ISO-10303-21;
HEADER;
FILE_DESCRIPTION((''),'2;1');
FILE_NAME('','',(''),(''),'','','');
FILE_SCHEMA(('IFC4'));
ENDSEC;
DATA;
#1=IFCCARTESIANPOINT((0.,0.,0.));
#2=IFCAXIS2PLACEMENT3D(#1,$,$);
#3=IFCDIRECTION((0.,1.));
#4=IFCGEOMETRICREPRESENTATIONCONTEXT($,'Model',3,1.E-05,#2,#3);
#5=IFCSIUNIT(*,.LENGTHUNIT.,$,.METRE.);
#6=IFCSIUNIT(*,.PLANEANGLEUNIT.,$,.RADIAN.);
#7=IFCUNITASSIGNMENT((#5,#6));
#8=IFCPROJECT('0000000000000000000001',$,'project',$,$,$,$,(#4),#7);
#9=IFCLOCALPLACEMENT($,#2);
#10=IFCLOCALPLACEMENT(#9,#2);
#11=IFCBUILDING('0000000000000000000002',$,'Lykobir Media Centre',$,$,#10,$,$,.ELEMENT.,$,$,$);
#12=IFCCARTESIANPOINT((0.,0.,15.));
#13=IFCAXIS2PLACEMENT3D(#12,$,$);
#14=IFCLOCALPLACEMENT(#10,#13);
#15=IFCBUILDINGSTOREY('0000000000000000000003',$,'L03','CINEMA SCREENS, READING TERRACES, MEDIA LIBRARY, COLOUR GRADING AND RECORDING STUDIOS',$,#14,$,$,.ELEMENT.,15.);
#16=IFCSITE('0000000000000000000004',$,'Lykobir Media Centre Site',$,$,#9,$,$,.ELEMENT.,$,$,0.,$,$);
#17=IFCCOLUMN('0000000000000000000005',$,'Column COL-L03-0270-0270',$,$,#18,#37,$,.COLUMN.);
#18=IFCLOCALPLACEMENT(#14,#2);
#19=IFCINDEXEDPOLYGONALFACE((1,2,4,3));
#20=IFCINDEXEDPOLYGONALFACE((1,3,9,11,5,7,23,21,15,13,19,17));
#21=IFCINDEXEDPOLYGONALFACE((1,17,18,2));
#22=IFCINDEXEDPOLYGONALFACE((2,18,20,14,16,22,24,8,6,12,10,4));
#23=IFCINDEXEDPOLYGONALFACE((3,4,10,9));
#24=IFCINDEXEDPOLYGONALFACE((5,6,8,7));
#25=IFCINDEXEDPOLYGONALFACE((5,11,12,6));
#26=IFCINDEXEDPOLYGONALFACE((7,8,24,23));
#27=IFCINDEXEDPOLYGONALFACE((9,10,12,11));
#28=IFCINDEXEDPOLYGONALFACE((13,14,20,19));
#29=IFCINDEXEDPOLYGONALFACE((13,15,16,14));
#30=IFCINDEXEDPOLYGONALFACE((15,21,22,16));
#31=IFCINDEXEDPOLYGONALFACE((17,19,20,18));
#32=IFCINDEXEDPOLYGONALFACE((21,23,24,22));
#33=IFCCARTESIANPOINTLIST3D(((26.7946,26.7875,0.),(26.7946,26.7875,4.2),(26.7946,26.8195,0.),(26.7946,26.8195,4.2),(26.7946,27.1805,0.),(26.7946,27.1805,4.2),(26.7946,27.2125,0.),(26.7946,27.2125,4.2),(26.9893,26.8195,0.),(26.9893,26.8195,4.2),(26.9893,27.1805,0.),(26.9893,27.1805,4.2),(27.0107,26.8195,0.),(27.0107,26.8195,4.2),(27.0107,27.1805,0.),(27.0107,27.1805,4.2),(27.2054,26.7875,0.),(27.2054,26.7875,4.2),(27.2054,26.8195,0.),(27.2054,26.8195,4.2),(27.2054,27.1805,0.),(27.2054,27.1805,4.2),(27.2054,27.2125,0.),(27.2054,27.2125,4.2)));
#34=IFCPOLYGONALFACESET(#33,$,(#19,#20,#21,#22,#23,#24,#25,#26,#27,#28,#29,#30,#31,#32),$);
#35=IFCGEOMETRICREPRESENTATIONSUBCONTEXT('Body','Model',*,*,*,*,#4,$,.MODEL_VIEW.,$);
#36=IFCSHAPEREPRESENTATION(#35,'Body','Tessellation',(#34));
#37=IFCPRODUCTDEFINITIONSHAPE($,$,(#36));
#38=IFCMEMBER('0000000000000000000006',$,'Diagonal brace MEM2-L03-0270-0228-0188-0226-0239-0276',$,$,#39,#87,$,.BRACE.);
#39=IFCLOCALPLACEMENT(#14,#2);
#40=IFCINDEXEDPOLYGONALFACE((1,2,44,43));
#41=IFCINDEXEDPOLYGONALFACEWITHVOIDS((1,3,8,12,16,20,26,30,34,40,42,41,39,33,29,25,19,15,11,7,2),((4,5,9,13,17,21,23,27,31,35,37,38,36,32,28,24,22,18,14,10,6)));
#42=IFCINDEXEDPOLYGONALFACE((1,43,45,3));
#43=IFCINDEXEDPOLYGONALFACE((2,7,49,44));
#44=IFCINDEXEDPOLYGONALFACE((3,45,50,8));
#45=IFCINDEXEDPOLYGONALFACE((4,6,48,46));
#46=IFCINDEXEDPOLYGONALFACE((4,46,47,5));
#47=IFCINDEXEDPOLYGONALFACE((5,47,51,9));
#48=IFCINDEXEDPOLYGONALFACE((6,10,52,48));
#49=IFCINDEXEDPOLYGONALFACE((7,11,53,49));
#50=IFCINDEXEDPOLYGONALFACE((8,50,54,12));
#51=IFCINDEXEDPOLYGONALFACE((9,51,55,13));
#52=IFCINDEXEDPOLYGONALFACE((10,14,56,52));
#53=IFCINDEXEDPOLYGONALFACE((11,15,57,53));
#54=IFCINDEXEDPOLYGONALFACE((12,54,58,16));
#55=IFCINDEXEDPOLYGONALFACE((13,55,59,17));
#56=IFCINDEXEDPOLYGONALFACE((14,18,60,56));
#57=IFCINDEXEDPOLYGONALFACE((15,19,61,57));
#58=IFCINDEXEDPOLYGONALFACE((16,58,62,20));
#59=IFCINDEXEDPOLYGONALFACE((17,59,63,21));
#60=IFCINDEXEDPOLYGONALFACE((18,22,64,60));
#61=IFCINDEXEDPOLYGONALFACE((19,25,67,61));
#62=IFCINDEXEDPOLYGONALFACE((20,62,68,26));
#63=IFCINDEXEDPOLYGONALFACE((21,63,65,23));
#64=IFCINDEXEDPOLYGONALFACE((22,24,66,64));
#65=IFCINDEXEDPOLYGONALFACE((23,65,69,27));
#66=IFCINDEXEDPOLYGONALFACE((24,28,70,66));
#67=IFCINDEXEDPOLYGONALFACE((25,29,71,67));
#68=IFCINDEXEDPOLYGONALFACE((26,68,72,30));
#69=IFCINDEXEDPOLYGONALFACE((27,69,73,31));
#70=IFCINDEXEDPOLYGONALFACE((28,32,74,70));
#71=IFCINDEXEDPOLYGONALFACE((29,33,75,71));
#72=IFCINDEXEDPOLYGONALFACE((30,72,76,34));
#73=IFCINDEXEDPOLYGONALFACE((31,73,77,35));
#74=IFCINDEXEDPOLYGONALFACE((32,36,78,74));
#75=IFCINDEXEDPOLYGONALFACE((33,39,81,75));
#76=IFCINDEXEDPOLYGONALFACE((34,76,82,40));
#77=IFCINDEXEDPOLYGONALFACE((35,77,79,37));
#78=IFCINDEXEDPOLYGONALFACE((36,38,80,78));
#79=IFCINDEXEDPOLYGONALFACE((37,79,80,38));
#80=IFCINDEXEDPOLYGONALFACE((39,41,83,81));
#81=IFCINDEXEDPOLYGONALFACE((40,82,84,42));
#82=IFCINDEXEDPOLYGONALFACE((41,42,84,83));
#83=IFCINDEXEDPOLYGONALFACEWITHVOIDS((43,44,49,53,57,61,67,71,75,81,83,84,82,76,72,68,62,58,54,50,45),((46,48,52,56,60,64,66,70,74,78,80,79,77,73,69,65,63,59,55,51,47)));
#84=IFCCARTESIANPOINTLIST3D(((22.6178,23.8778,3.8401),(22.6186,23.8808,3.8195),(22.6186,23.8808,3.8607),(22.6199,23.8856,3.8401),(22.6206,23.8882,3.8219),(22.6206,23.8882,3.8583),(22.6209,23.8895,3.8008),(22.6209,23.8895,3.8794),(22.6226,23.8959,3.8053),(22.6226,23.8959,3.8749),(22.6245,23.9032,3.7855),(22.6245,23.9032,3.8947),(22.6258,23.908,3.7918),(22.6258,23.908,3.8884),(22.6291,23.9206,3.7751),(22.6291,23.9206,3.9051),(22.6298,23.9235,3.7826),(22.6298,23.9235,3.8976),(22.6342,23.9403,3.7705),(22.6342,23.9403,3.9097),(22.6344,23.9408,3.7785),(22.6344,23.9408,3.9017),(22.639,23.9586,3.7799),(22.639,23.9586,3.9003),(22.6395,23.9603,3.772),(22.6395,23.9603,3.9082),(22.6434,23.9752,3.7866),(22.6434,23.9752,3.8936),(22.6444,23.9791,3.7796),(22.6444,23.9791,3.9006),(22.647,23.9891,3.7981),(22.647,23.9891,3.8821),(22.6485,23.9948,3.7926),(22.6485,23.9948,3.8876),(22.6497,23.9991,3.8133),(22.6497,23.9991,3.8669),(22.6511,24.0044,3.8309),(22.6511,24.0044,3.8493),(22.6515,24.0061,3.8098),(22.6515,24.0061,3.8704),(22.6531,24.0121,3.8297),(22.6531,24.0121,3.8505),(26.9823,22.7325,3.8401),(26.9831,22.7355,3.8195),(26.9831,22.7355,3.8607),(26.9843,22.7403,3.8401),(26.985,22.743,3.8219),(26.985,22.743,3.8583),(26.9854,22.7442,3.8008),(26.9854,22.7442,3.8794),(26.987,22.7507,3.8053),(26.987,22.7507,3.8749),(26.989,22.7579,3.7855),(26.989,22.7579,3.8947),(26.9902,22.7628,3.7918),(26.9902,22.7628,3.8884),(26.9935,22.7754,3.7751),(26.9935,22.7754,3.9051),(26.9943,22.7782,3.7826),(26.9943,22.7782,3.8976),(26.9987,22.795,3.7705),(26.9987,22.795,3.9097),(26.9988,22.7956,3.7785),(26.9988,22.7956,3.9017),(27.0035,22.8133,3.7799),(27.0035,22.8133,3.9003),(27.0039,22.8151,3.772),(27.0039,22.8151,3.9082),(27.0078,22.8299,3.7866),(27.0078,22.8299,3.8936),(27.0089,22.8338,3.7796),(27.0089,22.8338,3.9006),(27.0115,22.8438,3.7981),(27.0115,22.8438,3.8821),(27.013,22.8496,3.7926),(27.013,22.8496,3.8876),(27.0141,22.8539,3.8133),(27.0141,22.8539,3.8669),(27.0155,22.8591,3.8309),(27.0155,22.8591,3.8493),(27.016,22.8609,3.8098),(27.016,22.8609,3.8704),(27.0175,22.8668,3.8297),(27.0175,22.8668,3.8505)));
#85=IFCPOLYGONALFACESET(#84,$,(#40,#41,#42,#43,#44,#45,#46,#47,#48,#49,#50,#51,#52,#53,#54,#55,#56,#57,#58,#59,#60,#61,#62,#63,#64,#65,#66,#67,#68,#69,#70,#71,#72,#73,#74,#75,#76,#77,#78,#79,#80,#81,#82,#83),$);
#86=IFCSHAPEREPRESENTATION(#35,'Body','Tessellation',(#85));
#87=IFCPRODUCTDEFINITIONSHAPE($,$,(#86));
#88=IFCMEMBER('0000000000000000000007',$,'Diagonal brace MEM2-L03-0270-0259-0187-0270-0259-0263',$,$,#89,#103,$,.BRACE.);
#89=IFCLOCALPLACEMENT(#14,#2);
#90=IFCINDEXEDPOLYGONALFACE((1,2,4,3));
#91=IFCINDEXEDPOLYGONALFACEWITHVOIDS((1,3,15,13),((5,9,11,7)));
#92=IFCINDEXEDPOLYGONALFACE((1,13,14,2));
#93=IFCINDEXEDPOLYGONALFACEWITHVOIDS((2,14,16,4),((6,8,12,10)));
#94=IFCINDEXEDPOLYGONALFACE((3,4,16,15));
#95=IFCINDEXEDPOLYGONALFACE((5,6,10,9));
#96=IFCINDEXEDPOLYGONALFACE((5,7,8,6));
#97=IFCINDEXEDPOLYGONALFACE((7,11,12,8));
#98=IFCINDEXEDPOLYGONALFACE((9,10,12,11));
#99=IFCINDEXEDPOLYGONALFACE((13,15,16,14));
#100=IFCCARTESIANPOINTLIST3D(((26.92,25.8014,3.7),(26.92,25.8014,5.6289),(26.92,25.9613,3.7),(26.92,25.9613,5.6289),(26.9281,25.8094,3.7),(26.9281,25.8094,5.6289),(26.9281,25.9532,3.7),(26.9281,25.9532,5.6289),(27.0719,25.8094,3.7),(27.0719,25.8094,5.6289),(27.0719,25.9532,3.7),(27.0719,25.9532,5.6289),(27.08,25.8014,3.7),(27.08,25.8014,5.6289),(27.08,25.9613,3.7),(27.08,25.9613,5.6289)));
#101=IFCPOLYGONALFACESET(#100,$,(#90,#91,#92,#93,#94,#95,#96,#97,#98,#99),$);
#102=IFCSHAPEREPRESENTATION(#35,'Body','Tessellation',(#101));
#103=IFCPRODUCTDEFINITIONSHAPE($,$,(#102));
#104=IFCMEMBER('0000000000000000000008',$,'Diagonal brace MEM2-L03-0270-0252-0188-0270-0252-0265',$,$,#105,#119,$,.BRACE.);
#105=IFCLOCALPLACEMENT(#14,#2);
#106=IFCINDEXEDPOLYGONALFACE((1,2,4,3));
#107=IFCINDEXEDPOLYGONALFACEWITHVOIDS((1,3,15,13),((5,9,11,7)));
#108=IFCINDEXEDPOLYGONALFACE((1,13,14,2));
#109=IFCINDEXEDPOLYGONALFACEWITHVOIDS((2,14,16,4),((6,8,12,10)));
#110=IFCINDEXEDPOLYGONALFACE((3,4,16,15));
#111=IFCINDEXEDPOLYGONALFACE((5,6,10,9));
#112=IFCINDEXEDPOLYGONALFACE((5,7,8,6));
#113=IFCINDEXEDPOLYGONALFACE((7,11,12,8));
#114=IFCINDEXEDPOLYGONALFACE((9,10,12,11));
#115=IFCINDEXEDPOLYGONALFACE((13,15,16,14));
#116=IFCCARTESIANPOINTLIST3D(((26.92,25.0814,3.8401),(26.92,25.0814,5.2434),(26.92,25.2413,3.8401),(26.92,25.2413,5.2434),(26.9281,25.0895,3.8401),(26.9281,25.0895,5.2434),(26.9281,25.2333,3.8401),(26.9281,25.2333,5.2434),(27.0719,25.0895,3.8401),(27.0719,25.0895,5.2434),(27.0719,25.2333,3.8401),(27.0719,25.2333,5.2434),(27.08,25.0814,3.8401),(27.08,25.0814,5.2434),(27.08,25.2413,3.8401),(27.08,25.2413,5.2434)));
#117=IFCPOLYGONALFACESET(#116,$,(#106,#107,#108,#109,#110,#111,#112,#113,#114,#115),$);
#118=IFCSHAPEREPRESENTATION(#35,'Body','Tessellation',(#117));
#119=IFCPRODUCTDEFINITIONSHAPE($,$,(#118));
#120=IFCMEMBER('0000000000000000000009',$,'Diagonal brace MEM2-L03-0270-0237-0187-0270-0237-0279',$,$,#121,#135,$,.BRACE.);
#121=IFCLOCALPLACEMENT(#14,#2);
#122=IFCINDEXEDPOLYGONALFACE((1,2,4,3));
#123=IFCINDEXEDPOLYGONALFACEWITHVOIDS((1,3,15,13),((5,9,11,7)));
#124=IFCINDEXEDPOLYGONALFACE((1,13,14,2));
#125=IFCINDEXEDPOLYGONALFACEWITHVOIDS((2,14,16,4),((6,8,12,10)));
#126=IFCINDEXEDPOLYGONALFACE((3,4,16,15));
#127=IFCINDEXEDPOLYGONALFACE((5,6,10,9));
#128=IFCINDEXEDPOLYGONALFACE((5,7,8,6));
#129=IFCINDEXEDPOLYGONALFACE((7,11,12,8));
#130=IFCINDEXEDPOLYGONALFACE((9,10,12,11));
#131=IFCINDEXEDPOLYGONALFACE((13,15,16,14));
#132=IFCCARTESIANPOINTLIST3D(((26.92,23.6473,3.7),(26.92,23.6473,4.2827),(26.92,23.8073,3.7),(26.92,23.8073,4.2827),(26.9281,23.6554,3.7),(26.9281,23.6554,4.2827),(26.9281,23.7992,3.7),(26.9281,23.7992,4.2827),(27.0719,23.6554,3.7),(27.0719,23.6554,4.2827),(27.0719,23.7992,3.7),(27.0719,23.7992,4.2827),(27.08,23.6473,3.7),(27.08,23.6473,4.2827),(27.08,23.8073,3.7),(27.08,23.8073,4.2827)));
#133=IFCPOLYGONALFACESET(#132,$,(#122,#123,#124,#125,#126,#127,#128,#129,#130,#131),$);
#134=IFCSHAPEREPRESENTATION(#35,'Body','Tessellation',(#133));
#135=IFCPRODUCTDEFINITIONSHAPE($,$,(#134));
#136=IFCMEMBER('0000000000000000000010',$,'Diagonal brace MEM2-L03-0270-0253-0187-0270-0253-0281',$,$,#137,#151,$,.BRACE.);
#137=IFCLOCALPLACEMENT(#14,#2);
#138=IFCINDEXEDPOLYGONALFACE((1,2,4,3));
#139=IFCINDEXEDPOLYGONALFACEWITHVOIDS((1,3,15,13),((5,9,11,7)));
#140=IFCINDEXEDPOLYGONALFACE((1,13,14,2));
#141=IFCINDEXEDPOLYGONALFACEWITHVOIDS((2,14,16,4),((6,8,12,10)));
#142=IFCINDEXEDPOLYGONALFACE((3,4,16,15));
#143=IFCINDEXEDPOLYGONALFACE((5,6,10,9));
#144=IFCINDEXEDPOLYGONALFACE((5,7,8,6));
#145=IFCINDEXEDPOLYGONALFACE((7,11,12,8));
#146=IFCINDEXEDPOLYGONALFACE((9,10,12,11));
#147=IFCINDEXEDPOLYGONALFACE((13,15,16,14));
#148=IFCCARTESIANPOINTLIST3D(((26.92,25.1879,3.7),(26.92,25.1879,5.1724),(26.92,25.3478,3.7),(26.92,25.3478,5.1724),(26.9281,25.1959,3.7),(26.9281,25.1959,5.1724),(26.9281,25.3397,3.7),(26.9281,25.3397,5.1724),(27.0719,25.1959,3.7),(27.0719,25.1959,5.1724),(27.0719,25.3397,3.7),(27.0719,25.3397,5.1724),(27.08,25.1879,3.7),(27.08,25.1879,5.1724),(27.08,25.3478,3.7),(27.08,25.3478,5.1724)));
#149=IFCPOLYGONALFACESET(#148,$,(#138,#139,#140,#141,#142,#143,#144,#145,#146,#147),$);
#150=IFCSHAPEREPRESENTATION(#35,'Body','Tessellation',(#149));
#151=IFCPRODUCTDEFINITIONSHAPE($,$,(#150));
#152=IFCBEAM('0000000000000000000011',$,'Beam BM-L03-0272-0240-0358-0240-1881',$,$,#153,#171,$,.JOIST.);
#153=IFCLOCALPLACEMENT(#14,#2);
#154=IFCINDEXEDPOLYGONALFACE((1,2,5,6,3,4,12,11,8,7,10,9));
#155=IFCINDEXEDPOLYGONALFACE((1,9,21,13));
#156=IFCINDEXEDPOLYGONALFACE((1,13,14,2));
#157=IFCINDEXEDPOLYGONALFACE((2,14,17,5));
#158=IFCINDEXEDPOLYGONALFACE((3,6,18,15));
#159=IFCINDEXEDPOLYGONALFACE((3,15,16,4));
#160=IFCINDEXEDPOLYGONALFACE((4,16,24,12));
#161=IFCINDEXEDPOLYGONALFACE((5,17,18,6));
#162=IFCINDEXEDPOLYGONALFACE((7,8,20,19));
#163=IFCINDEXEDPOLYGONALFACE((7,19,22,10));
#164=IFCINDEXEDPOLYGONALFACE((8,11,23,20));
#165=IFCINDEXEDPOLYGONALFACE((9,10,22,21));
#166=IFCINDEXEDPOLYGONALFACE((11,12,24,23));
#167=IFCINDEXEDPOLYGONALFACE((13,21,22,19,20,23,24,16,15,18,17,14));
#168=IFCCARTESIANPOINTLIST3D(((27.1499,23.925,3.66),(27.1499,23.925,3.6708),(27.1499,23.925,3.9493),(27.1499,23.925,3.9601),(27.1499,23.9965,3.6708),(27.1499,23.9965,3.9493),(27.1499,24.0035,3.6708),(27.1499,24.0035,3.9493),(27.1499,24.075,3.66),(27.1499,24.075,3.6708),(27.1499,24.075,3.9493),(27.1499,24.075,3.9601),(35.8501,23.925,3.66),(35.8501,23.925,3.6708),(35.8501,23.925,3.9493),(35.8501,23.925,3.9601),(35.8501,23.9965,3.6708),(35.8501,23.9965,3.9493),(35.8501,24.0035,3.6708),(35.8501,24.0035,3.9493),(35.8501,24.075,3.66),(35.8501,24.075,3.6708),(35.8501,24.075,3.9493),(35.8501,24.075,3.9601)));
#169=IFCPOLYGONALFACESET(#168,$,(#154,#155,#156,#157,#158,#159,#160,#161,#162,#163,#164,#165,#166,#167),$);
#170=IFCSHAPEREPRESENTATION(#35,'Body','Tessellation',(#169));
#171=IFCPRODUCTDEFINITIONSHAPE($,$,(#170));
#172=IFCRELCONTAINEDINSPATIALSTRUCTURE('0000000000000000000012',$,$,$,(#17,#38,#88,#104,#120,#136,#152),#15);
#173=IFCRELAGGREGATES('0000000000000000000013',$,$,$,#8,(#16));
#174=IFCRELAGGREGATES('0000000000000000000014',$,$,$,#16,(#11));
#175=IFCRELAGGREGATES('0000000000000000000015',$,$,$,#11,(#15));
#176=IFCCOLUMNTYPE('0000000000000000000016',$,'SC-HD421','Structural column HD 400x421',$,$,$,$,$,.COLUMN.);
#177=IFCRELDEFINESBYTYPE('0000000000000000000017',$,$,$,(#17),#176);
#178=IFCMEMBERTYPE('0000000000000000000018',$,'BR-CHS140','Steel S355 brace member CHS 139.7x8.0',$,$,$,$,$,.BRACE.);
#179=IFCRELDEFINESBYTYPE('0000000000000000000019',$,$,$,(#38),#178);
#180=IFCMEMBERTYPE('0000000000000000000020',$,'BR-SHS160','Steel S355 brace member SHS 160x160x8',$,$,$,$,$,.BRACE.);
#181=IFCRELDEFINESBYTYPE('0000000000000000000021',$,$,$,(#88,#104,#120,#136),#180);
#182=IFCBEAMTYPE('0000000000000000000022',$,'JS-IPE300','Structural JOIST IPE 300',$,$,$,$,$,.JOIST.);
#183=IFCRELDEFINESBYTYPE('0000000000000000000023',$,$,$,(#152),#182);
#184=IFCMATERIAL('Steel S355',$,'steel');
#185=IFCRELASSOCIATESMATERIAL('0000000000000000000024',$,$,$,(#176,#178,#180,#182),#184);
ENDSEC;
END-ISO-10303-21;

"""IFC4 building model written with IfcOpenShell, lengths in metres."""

from ifc_helpers import new_model, si_unit, direction, frame, origin, origin_2d, place, context, subcontext, project, spatial, hollow_rectangle, hollow_circle, i_section, extrude, material, material_profile, profile_set, type_object, element, save


model = new_model("IFC4")

# Units and contexts
model_context = context("Model", 3, precision=1e-05, world=origin(), true_north=direction((0.0, 1.0)))
body_context = subcontext(model_context, "Body", "Model", "MODEL_VIEW")
ifc_project = project(units=[si_unit("LENGTHUNIT", "METRE"), si_unit("PLANEANGLEUNIT", "RADIAN")], contexts=[model_context])

# Site, building, storey
site_placement = place(None, origin())
site = spatial("IfcSite", under=ifc_project, at=site_placement, Name="Lykobir Media Centre Site", CompositionType="ELEMENT", RefElevation=0.0)
building_placement = place(site_placement, origin())
building = spatial("IfcBuilding", under=site, at=building_placement, Name="Lykobir Media Centre", CompositionType="ELEMENT")
storey_placement = place(building_placement, frame((0.0, 0.0, 15.0)))
storey = spatial("IfcBuildingStorey", under=building, at=storey_placement, Name="L03", Description="CINEMA SCREENS, READING TERRACES, MEDIA LIBRARY, COLOUR GRADING AND RECORDING STUDIOS", CompositionType="ELEMENT", Elevation=15.0)

# Column
ifc_material_1 = material(Name="Steel S355", Category="steel")
ifc_material_profile_1 = material_profile(ifc_material_1, i_section(OverallWidth=0.4109, OverallDepth=0.425, WebThickness=0.0215, FlangeThickness=0.032, at=origin_2d()), Name="HD 400x421")
ifc_profile_set_1 = profile_set([ifc_material_profile_1], Name="Steel S355")
column_type = type_object("IfcColumnType", Name="SC-HD421", Description="Structural column HD 400x421", PredefinedType="COLUMN", material=ifc_profile_set_1)
column_placement = place(storey_placement, frame((27.0, 27.0, 0.0), z_axis=(0.0, 0.0, 1.0), x_axis=(1.0, 0.0, 0.0)))
element("IfcColumn", 1, at=column_placement, inside=storey, type_object=column_type, Name="Column COL-L03-0270-0270", PredefinedType="COLUMN", context=body_context, shape_type="SweptSolid", body=[
    extrude(i_section(OverallWidth=0.4109, OverallDepth=0.425, WebThickness=0.0215, FlangeThickness=0.032, at=origin_2d()), origin(), (0.0, 0.0, 1.0), 4.2),
])

# Members
ifc_material_profile_2 = material_profile(ifc_material_1, hollow_circle(Radius=0.0698, WallThickness=0.0081, at=origin_2d()), Name="CHS 139.7x8.0")
ifc_profile_set_2 = profile_set([ifc_material_profile_2], Name="Steel S355")
member_type_1 = type_object("IfcMemberType", Name="BR-CHS140", Description="Steel S355 brace member CHS 139.7x8.0", PredefinedType="BRACE", material=ifc_profile_set_2)
member_1_placement = place(storey_placement, frame((27.0, 22.8, 3.8401), z_axis=(-0.967254, 0.253811, 0.0), x_axis=(-0.253811, -0.967254, 0.0)))
element("IfcMember", 2, at=member_1_placement, inside=storey, type_object=member_type_1, Name="Diagonal brace MEM2-L03-0270-0228-0188-0226-0239-0276", PredefinedType="BRACE", context=body_context, shape_type="SweptSolid", body=[
    extrude(hollow_circle(Radius=0.0698, WallThickness=0.0081, at=origin_2d()), origin(), (0.0, 0.0, 1.0), 4.5122),
])
ifc_material_profile_3 = material_profile(ifc_material_1, hollow_rectangle(XDim=0.1599, YDim=0.1599, WallThickness=0.0081, at=origin_2d()), Name="SHS 160x160x8")
ifc_profile_set_3 = profile_set([ifc_material_profile_3], Name="Steel S355")
member_type_2 = type_object("IfcMemberType", Name="BR-SHS160", Description="Steel S355 brace member SHS 160x160x8", PredefinedType="BRACE", material=ifc_profile_set_3)
member_2_placement = place(storey_placement, frame((27.0, 25.8813, 3.7), z_axis=(0.0, 0.0, 1.0), x_axis=(1.0, 0.0, 0.0)))
element("IfcMember", 3, at=member_2_placement, inside=storey, type_object=member_type_2, Name="Diagonal brace MEM2-L03-0270-0259-0187-0270-0259-0263", PredefinedType="BRACE", context=body_context, shape_type="SweptSolid", body=[
    extrude(hollow_rectangle(XDim=0.1599, YDim=0.1599, WallThickness=0.0081, at=origin_2d()), origin(), (0.0, 0.0, 1.0), 1.929),
])
member_3_placement = place(storey_placement, frame((27.0, 25.1614, 3.8401), z_axis=(0.0, 0.0, 1.0), x_axis=(1.0, 0.0, 0.0)))
element("IfcMember", 4, at=member_3_placement, inside=storey, type_object=member_type_2, Name="Diagonal brace MEM2-L03-0270-0252-0188-0270-0252-0265", PredefinedType="BRACE", context=body_context, shape_type="SweptSolid", body=[
    extrude(hollow_rectangle(XDim=0.1599, YDim=0.1599, WallThickness=0.0081, at=origin_2d()), origin(), (0.0, 0.0, 1.0), 1.4033),
])
member_4_placement = place(storey_placement, frame((27.0, 23.7273, 3.7), z_axis=(0.0, 0.0, 1.0), x_axis=(1.0, 0.0, 0.0)))
element("IfcMember", 5, at=member_4_placement, inside=storey, type_object=member_type_2, Name="Diagonal brace MEM2-L03-0270-0237-0187-0270-0237-0279", PredefinedType="BRACE", context=body_context, shape_type="SweptSolid", body=[
    extrude(hollow_rectangle(XDim=0.1599, YDim=0.1599, WallThickness=0.0081, at=origin_2d()), origin(), (0.0, 0.0, 1.0), 0.5828),
])
member_5_placement = place(storey_placement, frame((27.0, 25.2678, 3.7), z_axis=(0.0, 0.0, 1.0), x_axis=(1.0, 0.0, 0.0)))
element("IfcMember", 6, at=member_5_placement, inside=storey, type_object=member_type_2, Name="Diagonal brace MEM2-L03-0270-0253-0187-0270-0253-0281", PredefinedType="BRACE", context=body_context, shape_type="SweptSolid", body=[
    extrude(hollow_rectangle(XDim=0.1599, YDim=0.1599, WallThickness=0.0081, at=origin_2d()), origin(), (0.0, 0.0, 1.0), 1.4724),
])

# Beam
ifc_material_profile_4 = material_profile(ifc_material_1, i_section(OverallWidth=0.1499, OverallDepth=0.3, WebThickness=0.0071, FlangeThickness=0.0107, at=origin_2d()), Name="IPE 300")
ifc_profile_set_4 = profile_set([ifc_material_profile_4], Name="Steel S355")
beam_type_1 = type_object("IfcBeamType", Name="JS-IPE300", Description="Structural JOIST IPE 300", PredefinedType="JOIST", material=ifc_profile_set_4)
beam_placement = place(storey_placement, frame((27.1499, 24.0, 3.8101), z_axis=(1.0, 0.0, 0.0), x_axis=(0.0, 1.0, 0.0)))
element("IfcBeam", 7, at=beam_placement, inside=storey, type_object=beam_type_1, Name="Beam BM-L03-0272-0240-0358-0240-1881", PredefinedType="JOIST", context=body_context, shape_type="SweptSolid", body=[
    extrude(i_section(OverallWidth=0.1499, OverallDepth=0.3, WebThickness=0.0071, FlangeThickness=0.0107, at=origin_2d()), origin(), (0.0, 0.0, 1.0), 8.7002),
])

save(model, "model.ifc")
